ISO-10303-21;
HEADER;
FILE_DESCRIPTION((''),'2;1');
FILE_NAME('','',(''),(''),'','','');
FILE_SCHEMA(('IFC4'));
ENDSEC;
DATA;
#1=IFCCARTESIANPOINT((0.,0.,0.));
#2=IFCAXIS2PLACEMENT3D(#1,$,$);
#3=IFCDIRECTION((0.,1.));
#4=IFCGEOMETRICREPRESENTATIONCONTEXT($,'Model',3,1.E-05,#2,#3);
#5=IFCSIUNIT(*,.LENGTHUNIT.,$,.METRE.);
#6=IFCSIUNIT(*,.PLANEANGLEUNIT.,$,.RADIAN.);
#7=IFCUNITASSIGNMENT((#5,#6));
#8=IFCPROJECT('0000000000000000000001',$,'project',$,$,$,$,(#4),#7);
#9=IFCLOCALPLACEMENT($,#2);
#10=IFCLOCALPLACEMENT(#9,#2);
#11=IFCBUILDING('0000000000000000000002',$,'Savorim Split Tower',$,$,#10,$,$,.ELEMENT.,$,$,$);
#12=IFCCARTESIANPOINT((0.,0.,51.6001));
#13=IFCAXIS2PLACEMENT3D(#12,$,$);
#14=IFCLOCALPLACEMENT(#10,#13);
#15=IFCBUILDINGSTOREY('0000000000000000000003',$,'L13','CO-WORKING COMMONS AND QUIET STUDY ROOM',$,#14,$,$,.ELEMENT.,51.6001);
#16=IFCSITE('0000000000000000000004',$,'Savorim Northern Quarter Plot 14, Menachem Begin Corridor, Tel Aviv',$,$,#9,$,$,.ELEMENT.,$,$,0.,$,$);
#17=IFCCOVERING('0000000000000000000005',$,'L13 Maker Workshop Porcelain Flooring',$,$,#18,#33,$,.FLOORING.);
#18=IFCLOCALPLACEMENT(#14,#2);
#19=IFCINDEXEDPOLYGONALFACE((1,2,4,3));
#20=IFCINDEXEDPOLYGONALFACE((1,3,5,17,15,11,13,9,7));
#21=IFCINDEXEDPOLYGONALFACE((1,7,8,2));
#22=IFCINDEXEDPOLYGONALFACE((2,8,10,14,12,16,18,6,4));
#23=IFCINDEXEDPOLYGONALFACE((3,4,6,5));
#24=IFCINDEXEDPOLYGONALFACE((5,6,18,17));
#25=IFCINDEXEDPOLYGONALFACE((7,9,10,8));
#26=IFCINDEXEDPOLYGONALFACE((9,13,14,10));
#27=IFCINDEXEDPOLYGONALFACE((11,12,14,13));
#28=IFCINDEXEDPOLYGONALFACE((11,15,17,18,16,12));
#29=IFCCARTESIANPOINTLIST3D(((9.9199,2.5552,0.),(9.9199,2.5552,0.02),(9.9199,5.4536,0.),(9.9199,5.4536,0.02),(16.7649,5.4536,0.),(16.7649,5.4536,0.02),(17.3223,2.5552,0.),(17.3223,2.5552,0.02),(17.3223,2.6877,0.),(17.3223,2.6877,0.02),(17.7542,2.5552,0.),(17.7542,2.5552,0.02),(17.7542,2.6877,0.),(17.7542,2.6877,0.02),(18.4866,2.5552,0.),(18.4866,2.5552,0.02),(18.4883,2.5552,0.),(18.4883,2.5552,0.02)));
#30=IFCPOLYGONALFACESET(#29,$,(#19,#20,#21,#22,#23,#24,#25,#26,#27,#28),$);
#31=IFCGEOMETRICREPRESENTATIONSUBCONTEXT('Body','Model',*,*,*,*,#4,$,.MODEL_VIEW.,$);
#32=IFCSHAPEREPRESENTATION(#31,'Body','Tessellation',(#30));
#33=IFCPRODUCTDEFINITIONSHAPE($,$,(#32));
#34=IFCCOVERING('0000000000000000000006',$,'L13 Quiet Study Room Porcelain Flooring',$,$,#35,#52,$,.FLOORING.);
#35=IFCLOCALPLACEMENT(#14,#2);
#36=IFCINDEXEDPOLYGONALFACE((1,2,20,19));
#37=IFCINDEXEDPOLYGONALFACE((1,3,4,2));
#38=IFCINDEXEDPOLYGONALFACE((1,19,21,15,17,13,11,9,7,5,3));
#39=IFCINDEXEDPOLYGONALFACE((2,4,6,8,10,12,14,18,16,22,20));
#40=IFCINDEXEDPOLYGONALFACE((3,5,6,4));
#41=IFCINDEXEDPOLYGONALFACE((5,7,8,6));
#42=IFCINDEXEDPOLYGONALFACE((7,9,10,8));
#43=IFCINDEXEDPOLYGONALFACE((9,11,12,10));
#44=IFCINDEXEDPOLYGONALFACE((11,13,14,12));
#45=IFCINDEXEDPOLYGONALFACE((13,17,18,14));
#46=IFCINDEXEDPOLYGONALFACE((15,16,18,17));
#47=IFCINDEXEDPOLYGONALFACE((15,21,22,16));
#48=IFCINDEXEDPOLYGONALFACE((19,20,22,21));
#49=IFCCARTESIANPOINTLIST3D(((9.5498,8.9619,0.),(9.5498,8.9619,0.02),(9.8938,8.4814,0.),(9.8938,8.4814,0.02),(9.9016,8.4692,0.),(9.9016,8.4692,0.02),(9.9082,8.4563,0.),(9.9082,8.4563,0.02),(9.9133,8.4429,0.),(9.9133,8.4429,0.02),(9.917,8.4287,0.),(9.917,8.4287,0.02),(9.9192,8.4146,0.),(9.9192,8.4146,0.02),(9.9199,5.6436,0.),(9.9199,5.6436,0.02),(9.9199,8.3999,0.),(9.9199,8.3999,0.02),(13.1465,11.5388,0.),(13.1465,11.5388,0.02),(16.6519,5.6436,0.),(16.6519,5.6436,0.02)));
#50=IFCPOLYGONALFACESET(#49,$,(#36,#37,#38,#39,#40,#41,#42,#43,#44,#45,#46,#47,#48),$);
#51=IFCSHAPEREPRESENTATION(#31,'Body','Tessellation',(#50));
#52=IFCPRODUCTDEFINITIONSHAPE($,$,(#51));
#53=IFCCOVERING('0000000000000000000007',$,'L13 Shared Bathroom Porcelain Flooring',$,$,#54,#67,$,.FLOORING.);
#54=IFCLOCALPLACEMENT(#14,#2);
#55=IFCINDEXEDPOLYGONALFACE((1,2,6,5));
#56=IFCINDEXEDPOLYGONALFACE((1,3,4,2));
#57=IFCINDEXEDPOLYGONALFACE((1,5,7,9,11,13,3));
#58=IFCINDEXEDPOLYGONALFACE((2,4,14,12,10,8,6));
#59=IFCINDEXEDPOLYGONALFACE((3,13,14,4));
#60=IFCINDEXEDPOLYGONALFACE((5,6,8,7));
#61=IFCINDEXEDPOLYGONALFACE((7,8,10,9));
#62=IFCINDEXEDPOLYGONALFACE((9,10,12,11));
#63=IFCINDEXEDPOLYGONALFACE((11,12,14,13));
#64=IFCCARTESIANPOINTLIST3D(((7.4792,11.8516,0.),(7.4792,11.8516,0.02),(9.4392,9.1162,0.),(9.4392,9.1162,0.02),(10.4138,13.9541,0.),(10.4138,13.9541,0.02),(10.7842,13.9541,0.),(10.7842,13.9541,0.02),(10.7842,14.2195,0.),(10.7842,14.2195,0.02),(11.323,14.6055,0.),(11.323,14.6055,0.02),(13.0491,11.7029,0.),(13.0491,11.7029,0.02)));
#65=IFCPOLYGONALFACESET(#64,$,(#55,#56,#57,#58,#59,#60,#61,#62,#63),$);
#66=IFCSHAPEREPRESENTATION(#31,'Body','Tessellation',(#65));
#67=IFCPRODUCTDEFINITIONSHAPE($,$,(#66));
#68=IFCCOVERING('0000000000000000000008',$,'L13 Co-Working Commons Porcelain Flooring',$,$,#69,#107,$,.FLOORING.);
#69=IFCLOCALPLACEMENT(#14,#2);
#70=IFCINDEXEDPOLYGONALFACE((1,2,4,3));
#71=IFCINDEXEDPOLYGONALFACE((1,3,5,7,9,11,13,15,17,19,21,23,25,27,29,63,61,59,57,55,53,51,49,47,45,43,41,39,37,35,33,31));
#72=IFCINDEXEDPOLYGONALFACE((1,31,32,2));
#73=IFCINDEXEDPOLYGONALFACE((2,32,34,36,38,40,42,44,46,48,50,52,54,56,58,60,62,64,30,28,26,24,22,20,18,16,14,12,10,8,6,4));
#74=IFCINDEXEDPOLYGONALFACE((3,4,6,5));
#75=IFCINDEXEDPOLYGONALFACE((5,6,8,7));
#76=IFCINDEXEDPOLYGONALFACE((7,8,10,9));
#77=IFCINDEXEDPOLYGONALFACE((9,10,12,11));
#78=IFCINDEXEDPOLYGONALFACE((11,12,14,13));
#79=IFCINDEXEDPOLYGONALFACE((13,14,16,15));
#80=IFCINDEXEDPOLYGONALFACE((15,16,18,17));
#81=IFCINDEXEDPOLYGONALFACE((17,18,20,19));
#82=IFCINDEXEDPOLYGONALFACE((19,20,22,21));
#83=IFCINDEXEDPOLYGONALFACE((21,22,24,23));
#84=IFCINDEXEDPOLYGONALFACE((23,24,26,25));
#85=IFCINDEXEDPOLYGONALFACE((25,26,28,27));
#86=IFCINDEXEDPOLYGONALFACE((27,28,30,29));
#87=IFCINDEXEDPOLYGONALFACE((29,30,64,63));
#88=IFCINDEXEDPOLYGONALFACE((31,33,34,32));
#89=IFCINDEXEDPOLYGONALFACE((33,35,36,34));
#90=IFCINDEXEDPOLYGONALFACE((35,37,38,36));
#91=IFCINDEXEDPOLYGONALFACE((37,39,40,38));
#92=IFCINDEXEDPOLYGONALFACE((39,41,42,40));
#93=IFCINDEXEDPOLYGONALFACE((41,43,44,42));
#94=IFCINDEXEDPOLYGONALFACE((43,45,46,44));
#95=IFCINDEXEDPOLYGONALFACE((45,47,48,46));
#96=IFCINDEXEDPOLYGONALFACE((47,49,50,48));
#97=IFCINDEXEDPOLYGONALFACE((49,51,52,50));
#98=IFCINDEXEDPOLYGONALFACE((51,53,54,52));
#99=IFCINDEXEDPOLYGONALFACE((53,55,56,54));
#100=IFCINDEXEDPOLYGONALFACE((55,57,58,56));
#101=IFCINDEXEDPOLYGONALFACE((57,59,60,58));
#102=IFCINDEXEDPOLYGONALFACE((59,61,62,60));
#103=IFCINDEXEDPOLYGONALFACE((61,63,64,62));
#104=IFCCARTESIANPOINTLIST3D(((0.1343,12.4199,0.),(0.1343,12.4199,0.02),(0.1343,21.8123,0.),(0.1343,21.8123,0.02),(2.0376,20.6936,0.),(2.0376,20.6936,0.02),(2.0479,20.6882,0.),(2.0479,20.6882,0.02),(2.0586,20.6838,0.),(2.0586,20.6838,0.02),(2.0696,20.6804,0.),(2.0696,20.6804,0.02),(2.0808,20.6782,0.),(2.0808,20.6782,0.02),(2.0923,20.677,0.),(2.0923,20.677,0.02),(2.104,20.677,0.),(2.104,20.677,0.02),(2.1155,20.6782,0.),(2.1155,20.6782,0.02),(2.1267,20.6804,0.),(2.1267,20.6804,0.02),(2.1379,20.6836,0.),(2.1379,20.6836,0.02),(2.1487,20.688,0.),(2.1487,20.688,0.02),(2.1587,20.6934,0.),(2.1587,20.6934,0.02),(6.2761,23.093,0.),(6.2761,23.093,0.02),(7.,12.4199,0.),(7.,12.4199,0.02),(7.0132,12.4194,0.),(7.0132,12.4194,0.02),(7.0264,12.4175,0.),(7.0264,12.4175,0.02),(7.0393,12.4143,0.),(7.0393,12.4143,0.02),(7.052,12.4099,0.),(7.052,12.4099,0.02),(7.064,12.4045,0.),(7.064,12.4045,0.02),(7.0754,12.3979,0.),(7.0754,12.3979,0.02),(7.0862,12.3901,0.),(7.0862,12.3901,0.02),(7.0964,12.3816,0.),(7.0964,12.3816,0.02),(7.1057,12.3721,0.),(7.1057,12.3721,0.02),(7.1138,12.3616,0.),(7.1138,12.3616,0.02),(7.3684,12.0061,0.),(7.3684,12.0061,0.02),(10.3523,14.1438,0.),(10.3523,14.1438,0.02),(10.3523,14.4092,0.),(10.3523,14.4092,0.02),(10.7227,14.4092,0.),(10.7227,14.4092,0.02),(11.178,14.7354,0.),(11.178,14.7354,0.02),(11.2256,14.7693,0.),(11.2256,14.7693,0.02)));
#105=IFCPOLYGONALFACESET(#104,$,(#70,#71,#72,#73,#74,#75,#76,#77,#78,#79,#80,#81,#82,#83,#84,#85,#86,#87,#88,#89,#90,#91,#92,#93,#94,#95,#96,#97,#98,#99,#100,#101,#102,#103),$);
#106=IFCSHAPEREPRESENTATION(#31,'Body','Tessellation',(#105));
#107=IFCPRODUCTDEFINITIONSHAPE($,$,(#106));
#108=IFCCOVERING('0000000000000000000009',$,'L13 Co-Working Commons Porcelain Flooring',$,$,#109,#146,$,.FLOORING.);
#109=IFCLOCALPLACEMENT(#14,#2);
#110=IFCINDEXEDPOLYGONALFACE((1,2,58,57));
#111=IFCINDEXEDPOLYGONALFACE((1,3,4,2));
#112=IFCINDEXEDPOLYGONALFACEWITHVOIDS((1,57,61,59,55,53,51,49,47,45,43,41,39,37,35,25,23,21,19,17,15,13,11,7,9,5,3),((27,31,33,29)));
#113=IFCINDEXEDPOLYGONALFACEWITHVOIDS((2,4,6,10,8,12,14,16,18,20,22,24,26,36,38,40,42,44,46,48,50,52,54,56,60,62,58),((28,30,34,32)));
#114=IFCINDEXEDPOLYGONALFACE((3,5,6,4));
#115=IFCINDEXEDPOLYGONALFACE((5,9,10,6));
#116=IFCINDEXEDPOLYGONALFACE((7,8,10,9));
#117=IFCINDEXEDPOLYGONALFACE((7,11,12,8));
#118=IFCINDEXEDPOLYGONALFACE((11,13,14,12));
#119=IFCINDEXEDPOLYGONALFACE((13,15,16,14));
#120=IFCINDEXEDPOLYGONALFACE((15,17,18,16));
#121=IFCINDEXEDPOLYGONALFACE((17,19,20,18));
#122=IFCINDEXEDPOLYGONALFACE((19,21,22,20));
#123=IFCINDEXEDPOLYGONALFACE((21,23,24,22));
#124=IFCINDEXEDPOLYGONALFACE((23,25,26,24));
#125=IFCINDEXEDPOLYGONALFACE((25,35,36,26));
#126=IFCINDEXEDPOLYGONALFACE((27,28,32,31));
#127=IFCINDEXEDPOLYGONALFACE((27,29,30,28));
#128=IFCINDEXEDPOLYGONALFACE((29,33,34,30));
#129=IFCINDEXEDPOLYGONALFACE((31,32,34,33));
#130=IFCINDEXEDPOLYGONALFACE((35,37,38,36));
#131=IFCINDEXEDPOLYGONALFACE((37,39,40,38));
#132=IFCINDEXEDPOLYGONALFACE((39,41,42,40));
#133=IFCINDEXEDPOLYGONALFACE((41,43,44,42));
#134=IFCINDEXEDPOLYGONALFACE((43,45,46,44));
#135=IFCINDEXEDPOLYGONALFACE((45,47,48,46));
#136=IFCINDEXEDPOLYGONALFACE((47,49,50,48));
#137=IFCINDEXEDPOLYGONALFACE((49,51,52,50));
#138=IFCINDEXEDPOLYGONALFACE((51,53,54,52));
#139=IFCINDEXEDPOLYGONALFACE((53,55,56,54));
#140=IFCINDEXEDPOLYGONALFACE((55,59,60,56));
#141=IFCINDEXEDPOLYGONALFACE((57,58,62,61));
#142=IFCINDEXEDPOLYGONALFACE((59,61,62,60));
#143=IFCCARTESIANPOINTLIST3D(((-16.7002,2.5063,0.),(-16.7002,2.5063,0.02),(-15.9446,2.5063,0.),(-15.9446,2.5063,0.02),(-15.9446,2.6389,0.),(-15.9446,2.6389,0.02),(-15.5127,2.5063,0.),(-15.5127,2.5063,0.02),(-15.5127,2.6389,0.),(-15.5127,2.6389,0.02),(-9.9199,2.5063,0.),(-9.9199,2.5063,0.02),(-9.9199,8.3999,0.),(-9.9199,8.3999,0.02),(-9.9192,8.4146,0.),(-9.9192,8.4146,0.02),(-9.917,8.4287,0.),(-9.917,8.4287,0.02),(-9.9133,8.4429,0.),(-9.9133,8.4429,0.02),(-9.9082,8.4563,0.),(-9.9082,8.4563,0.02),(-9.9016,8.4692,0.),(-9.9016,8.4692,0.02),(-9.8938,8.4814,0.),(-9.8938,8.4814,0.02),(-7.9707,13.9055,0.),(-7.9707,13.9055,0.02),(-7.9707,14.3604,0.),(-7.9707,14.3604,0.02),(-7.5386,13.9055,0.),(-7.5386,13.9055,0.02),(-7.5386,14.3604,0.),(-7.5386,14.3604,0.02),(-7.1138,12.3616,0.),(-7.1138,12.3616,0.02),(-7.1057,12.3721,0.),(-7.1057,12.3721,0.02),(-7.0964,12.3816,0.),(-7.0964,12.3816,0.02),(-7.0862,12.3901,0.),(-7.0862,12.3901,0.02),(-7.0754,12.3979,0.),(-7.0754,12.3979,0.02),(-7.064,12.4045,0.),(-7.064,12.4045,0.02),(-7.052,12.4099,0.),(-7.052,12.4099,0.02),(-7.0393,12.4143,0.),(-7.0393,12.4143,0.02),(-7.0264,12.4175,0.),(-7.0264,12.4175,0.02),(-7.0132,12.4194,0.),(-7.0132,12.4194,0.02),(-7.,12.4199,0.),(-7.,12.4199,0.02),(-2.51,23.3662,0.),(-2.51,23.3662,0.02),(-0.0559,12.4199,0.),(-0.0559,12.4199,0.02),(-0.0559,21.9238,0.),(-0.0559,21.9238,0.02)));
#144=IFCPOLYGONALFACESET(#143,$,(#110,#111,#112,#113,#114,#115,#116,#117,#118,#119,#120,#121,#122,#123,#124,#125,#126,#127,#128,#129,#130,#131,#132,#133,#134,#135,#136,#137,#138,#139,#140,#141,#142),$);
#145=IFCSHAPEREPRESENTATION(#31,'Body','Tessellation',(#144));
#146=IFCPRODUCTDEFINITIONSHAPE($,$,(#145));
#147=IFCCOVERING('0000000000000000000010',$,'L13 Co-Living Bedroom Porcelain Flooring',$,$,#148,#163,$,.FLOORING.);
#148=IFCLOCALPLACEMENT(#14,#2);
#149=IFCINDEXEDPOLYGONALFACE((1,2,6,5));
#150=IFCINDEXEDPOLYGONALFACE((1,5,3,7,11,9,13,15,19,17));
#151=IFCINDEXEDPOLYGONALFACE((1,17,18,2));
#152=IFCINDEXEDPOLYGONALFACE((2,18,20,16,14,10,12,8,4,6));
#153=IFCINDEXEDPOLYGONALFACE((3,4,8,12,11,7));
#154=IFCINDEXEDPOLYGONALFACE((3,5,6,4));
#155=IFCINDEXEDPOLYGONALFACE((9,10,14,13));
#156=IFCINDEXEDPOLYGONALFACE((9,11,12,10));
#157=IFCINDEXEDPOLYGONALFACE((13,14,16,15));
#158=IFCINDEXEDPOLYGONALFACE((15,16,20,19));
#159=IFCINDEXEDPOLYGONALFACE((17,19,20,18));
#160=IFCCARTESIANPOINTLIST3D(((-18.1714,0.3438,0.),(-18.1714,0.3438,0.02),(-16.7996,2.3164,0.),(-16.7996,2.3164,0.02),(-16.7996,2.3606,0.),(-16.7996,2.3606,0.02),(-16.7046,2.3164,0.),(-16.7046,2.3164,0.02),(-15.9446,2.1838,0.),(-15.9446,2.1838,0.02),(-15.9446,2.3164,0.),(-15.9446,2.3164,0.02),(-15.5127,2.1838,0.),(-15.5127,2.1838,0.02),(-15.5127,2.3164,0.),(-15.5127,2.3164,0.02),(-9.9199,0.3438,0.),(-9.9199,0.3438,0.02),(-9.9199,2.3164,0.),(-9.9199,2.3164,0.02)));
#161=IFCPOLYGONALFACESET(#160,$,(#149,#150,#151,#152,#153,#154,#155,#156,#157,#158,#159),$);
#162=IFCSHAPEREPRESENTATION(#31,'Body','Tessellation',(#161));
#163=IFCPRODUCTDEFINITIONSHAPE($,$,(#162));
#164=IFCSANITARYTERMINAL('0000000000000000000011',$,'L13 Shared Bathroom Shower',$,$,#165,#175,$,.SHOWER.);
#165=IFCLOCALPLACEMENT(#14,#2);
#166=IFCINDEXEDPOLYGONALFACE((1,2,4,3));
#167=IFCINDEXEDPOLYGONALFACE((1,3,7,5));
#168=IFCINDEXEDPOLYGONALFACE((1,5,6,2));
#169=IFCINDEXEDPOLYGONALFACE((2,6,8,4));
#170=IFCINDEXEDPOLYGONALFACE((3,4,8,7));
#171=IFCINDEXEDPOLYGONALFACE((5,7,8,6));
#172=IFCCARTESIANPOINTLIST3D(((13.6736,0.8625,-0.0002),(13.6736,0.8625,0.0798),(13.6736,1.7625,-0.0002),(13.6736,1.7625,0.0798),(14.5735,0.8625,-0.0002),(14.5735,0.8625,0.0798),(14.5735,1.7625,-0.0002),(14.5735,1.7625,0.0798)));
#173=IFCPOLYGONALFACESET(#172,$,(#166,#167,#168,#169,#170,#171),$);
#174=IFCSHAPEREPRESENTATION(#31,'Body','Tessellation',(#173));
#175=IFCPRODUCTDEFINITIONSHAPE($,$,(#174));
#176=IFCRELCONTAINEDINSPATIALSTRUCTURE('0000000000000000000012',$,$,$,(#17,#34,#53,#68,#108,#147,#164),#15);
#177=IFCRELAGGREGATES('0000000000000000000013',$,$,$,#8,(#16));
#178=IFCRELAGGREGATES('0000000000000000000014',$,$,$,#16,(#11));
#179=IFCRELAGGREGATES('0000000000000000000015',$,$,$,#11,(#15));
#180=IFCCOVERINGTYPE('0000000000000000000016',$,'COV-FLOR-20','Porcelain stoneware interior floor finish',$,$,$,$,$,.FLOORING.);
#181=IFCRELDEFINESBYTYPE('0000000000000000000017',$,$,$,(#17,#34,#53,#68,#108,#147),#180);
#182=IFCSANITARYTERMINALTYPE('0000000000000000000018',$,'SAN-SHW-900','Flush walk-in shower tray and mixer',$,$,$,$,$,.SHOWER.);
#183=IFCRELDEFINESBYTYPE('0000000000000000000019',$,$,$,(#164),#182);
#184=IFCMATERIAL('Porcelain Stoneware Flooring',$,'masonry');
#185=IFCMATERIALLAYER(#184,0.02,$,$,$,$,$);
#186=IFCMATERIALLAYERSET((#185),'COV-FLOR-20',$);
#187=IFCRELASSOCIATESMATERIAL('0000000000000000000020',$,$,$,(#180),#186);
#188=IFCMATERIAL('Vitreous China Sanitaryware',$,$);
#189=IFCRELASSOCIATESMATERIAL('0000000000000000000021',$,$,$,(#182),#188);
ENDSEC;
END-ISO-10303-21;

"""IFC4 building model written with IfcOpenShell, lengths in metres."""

from ifc_helpers import new_model, si_unit, direction, frame, origin, origin_2d, place, context, subcontext, project, spatial, polyline, rectangle, outline, extrude, material, layer, layer_set, type_object, element, save


model = new_model("IFC4")

# Units and contexts
model_context = context("Model", 3, precision=1e-05, world=origin(), true_north=direction((0.0, 1.0)))
body_context = subcontext(model_context, "Body", "Model", "MODEL_VIEW")
ifc_project = project(units=[si_unit("LENGTHUNIT", "METRE"), si_unit("PLANEANGLEUNIT", "RADIAN")], contexts=[model_context])

# Site, building, storey
site_placement = place(None, origin())
site = spatial("IfcSite", under=ifc_project, at=site_placement, Name="Savorim Northern Quarter Plot 14, Menachem Begin Corridor, Tel Aviv", CompositionType="ELEMENT", RefElevation=0.0)
building_placement = place(site_placement, origin())
building = spatial("IfcBuilding", under=site, at=building_placement, Name="Savorim Split Tower", CompositionType="ELEMENT")
storey_placement = place(building_placement, frame((0.0, 0.0, 51.6001)))
storey = spatial("IfcBuildingStorey", under=building, at=storey_placement, Name="L13", Description="CO-WORKING COMMONS AND QUIET STUDY ROOM", CompositionType="ELEMENT", Elevation=51.6001)

# Coverings
ifc_material_1 = material(Name="Porcelain Stoneware Flooring", Category="masonry")
ifc_layer_1 = layer(ifc_material_1, 0.02)
ifc_layer_set_1 = layer_set([ifc_layer_1], Name="COV-FLOR-20")
covering_type_1 = type_object("IfcCoveringType", Name="COV-FLOR-20", Description="Porcelain stoneware interior floor finish", PredefinedType="FLOORING", material=ifc_layer_set_1)
covering_1_placement = place(storey_placement, origin())
element("IfcCovering", 1, at=covering_1_placement, inside=storey, type_object=covering_type_1, Name="L13 Maker Workshop Porcelain Flooring", PredefinedType="FLOORING", context=body_context, shape_type="SweptSolid", body=[
    extrude(outline(polyline([(17.7542, 2.6877), (17.7542, 2.5552), (18.4866, 2.5552), (18.4883, 2.5552), (16.7649, 5.4536), (9.9199, 5.4536), (9.9199, 2.5552), (17.3223, 2.5552), (17.3223, 2.6877), (17.7542, 2.6877)])), origin(), (0.0, 0.0, 1.0), 0.02),
])
covering_2_placement = place(storey_placement, origin())
element("IfcCovering", 2, at=covering_2_placement, inside=storey, type_object=covering_type_1, Name="L13 Quiet Study Room Porcelain Flooring", PredefinedType="FLOORING", context=body_context, shape_type="SweptSolid", body=[
    extrude(outline(polyline([(9.917, 8.4287), (9.9192, 8.4146), (9.9199, 8.3999), (9.9199, 5.6436), (16.6519, 5.6436), (13.1465, 11.5388), (9.5498, 8.9619), (9.8938, 8.4814), (9.9016, 8.4692), (9.9082, 8.4563), (9.9133, 8.4429), (9.917, 8.4287)])), origin(), (0.0, 0.0, 1.0), 0.02),
])
covering_3_placement = place(storey_placement, origin())
element("IfcCovering", 3, at=covering_3_placement, inside=storey, type_object=covering_type_1, Name="L13 Shared Bathroom Porcelain Flooring", PredefinedType="FLOORING", context=body_context, shape_type="SweptSolid", body=[
    extrude(outline(polyline([(10.4138, 13.9541), (7.4792, 11.8516), (7.4792, 11.8516), (9.4392, 9.1162), (13.0491, 11.7029), (11.323, 14.6055), (10.7842, 14.2195), (10.7842, 13.9541), (10.4138, 13.9541)])), origin(), (0.0, 0.0, 1.0), 0.02),
])
covering_4_placement = place(storey_placement, origin())
element("IfcCovering", 4, at=covering_4_placement, inside=storey, type_object=covering_type_1, Name="L13 Co-Working Commons Porcelain Flooring", PredefinedType="FLOORING", context=body_context, shape_type="SweptSolid", body=[
    extrude(outline(polyline([(2.0586, 20.6838), (2.0479, 20.6882), (2.0376, 20.6936), (0.1343, 21.8123), (0.1343, 12.4199), (7.0, 12.4199), (7.0132, 12.4194), (7.0264, 12.4175), (7.0393, 12.4143), (7.052, 12.4099), (7.064, 12.4045), (7.0754, 12.3979), (7.0862, 12.3901), (7.0964, 12.3816), (7.1057, 12.3721), (7.1138, 12.3616), (7.3684, 12.0061), (10.3523, 14.1438), (10.3523, 14.4092), (10.7227, 14.4092), (11.178, 14.7354), (11.2256, 14.7693), (6.2761, 23.093), (2.1587, 20.6934), (2.1487, 20.688), (2.1379, 20.6836), (2.1267, 20.6804), (2.1155, 20.6782), (2.104, 20.677), (2.0923, 20.677), (2.0808, 20.6782), (2.0696, 20.6804), (2.0586, 20.6838)])), origin(), (0.0, 0.0, 1.0), 0.02),
])
covering_5_placement = place(storey_placement, origin())
element("IfcCovering", 5, at=covering_5_placement, inside=storey, type_object=covering_type_1, Name="L13 Co-Working Commons Porcelain Flooring", PredefinedType="FLOORING", context=body_context, shape_type="SweptSolid", body=[
    extrude(outline(polyline([(-7.0, 12.4199), (-0.0559, 12.4199), (-0.0559, 21.9238), (-2.51, 23.3662), (-16.7002, 2.5063), (-15.9446, 2.5063), (-15.9446, 2.6389), (-15.5127, 2.6389), (-15.5127, 2.5063), (-9.9199, 2.5063), (-9.9199, 8.3999), (-9.9192, 8.4146), (-9.917, 8.4287), (-9.9133, 8.4429), (-9.9082, 8.4563), (-9.9016, 8.4692), (-9.8938, 8.4814), (-7.1138, 12.3616), (-7.1057, 12.3721), (-7.0964, 12.3816), (-7.0862, 12.3901), (-7.0754, 12.3979), (-7.064, 12.4045), (-7.052, 12.4099), (-7.0393, 12.4143), (-7.0264, 12.4175), (-7.0132, 12.4194), (-7.0, 12.4199)]), holes=[polyline([(-7.5386, 14.3604), (-7.9707, 14.3604), (-7.9707, 13.9055), (-7.5386, 13.9055), (-7.5386, 14.3604)])]), origin(), (0.0, 0.0, 1.0), 0.02),
])
covering_6_placement = place(storey_placement, origin())
element("IfcCovering", 6, at=covering_6_placement, inside=storey, type_object=covering_type_1, Name="L13 Co-Living Bedroom Porcelain Flooring", PredefinedType="FLOORING", context=body_context, shape_type="SweptSolid", body=[
    extrude(outline(polyline([(-15.9446, 2.3164), (-16.7046, 2.3164), (-16.7996, 2.3164), (-16.7996, 2.3606), (-18.1714, 0.3438), (-9.9199, 0.3438), (-9.9199, 2.3164), (-15.5127, 2.3164), (-15.5127, 2.1838), (-15.9446, 2.1838), (-15.9446, 2.3164)])), origin(), (0.0, 0.0, 1.0), 0.02),
])

# Sanitary terminal
ifc_material_2 = material(Name="Vitreous China Sanitaryware")
sanitary_terminal_type_1 = type_object("IfcSanitaryTerminalType", Name="SAN-SHW-900", Description="Flush walk-in shower tray and mixer", PredefinedType="SHOWER", material=ifc_material_2)
sanitary_terminal_1_placement = place(storey_placement, frame((14.1235, 1.3125, -0.0002), z_axis=(0.0, 0.0, 1.0), x_axis=(1.0, 0.0, 0.0)))
element("IfcSanitaryTerminal", 7, at=sanitary_terminal_1_placement, inside=storey, type_object=sanitary_terminal_type_1, Name="L13 Shared Bathroom Shower", PredefinedType="SHOWER", context=body_context, shape_type="SweptSolid", body=[
    extrude(rectangle(XDim=0.8999, YDim=0.8999, at=origin_2d()), origin(), (0.0, 0.0, 1.0), 0.0801),
])

save(model, "model.ifc")
